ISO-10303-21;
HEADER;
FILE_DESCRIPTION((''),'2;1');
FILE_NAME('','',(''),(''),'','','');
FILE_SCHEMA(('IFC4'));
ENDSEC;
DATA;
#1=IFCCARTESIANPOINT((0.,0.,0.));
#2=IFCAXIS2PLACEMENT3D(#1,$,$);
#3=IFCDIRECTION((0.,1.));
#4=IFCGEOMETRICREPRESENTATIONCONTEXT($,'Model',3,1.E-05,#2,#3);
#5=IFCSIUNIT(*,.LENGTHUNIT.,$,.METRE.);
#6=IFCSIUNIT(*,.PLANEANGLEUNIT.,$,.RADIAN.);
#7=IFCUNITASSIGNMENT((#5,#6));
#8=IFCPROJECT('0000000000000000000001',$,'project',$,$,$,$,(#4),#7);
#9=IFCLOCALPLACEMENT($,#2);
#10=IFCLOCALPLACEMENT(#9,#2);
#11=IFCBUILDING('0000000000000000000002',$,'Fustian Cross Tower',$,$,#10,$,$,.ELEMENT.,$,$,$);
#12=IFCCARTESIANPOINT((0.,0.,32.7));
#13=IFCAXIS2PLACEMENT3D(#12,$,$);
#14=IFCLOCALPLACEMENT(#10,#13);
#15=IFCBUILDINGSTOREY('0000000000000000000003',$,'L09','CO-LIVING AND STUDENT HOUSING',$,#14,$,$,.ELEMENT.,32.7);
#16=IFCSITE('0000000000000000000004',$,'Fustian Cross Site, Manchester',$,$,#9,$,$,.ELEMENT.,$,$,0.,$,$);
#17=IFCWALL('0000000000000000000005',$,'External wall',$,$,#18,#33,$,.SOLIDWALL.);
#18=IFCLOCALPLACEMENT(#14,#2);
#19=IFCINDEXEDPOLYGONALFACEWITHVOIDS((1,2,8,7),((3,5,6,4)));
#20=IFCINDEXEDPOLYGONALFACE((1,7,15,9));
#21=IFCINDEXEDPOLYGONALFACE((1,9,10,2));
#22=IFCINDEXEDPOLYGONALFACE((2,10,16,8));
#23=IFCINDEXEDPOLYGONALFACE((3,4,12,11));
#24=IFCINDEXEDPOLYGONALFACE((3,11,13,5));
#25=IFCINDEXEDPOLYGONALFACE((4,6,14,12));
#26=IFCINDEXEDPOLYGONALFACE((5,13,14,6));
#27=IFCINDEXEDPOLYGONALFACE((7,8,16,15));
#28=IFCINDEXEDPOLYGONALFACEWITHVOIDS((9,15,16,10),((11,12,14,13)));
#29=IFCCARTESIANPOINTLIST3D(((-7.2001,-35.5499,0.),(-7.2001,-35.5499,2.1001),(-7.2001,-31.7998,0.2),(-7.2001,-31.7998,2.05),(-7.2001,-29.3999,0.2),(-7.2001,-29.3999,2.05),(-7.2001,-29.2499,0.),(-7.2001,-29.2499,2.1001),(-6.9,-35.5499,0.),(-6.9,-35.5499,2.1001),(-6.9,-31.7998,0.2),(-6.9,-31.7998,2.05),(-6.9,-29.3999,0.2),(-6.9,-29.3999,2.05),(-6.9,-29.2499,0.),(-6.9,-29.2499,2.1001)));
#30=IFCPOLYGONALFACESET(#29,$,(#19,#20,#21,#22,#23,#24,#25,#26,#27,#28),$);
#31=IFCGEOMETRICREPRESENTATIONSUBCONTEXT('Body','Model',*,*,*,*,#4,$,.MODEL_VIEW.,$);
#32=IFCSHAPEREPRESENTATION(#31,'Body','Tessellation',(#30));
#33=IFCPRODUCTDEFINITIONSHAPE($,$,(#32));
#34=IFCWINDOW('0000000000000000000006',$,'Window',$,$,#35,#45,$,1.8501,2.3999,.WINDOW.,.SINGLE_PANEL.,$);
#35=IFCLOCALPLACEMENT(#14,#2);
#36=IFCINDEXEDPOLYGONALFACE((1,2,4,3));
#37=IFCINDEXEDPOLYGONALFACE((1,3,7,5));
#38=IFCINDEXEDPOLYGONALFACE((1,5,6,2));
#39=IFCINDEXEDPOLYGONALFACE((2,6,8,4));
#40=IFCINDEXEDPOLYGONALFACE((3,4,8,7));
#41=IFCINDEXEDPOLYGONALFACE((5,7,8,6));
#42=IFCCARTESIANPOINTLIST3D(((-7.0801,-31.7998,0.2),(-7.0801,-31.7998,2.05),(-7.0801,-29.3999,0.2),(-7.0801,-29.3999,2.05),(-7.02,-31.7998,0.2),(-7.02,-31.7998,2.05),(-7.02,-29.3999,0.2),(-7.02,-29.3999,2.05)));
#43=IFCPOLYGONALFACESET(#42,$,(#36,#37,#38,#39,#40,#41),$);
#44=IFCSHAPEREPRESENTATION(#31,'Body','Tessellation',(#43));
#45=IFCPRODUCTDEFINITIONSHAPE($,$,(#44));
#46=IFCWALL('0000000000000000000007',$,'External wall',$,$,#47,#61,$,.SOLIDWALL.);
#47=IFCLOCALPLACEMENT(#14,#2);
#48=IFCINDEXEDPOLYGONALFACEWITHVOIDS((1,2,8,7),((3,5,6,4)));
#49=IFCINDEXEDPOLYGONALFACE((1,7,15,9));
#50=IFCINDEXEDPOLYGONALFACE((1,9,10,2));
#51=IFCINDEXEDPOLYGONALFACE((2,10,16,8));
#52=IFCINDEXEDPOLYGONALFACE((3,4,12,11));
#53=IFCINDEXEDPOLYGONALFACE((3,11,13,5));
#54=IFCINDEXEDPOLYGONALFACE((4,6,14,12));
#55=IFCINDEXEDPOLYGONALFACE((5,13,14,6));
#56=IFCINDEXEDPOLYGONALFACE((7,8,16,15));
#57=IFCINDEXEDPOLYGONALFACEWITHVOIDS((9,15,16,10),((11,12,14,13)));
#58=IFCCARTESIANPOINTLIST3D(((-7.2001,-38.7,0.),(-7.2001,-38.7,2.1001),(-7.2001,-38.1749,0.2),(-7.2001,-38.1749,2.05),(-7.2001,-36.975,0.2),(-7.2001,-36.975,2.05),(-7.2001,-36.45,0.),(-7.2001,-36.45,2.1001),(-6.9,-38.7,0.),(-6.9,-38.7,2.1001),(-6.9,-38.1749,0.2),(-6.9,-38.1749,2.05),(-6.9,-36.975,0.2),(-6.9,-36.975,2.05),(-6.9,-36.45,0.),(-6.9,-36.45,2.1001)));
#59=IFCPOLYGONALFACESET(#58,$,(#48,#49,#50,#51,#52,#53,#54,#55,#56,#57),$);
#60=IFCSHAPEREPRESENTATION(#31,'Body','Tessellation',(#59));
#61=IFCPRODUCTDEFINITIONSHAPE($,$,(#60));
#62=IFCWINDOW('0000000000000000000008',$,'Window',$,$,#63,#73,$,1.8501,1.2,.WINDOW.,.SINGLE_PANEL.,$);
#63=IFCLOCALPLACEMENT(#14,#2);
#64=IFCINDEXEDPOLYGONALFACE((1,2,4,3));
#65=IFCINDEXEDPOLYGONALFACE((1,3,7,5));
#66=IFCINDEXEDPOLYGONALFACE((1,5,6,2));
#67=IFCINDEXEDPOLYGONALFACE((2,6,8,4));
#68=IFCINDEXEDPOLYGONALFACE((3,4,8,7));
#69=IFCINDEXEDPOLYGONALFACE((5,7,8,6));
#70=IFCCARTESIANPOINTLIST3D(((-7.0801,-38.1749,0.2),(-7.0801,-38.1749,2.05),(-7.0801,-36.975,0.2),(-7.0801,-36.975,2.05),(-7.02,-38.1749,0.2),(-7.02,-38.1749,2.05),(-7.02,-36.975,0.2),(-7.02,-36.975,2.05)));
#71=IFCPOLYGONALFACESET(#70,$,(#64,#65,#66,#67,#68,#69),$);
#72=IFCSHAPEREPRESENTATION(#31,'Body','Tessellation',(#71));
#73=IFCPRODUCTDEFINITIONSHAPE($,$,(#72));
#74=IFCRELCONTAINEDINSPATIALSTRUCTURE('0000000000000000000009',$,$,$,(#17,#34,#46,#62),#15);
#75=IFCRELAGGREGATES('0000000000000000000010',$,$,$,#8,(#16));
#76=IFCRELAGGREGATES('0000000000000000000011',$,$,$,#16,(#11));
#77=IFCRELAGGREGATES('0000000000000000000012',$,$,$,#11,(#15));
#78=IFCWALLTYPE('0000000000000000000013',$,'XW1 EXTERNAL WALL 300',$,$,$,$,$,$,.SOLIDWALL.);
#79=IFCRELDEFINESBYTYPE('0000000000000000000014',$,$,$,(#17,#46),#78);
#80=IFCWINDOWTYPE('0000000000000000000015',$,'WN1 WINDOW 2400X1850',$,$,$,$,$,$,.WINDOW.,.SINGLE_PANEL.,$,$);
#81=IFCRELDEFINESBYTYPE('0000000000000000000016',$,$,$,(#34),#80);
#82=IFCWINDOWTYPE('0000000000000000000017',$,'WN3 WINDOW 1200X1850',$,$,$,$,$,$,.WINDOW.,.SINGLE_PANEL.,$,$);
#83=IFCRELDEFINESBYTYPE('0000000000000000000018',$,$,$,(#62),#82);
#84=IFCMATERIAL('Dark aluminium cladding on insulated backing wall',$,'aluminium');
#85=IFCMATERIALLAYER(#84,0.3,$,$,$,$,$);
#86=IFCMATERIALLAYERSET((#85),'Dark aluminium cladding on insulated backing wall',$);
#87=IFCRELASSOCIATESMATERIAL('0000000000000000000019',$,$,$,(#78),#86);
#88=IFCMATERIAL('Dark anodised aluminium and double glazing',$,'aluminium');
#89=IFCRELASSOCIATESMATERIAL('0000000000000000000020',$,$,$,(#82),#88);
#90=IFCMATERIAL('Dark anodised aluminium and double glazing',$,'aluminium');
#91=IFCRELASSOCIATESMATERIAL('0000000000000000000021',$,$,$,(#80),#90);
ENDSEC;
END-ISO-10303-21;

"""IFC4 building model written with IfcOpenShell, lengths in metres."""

from ifc_helpers import new_model, si_unit, direction, frame, frame_2d, origin, place, context, subcontext, project, spatial, rectangle, extrude, material, layer, layer_set, type_object, element, fill, save


model = new_model("IFC4")

# Units and contexts
model_context = context("Model", 3, precision=1e-05, world=origin(), true_north=direction((0.0, 1.0)))
body_context = subcontext(model_context, "Body", "Model", "MODEL_VIEW")
ifc_project = project(units=[si_unit("LENGTHUNIT", "METRE"), si_unit("PLANEANGLEUNIT", "RADIAN")], contexts=[model_context])

# Site, building, storey
site_placement = place(None, origin())
site = spatial("IfcSite", under=ifc_project, at=site_placement, Name="Fustian Cross Site, Manchester", CompositionType="ELEMENT", RefElevation=0.0)
building_placement = place(site_placement, origin())
building = spatial("IfcBuilding", under=site, at=building_placement, Name="Fustian Cross Tower", CompositionType="ELEMENT")
storey_placement = place(building_placement, frame((0.0, 0.0, 32.7)))
storey = spatial("IfcBuildingStorey", under=building, at=storey_placement, Name="L09", Description="CO-LIVING AND STUDENT HOUSING", CompositionType="ELEMENT", Elevation=32.7)

# Shared definitions
ifc_material_1 = material(Name="Dark aluminium cladding on insulated backing wall", Category="aluminium")
ifc_layer_1 = layer(ifc_material_1, 0.3)
ifc_layer_set_1 = layer_set([ifc_layer_1], Name="Dark aluminium cladding on insulated backing wall")
wall_type_1 = type_object("IfcWallType", Name="XW1 EXTERNAL WALL 300", PredefinedType="SOLIDWALL", material=ifc_layer_set_1)
ifc_material_2 = material(Name="Dark anodised aluminium and double glazing", Category="aluminium")
window_type_1 = type_object("IfcWindowType", Name="WN3 WINDOW 1200X1850", PartitioningType="SINGLE_PANEL", PredefinedType="WINDOW", material=ifc_material_2)

# Walls, openings, windows
wall_1_placement = place(storey_placement, frame((-7.05, -29.25, 0.0), z_axis=(0.0, 0.0, 1.0), x_axis=(0.0, -1.0, 0.0)))
wall_1 = element("IfcWall", 1, at=wall_1_placement, inside=storey, type_object=wall_type_1, Name="External wall", PredefinedType="SOLIDWALL", context=body_context, shape_type="SweptSolid", body=[
    extrude(rectangle(XDim=6.3, YDim=0.3, at=frame_2d((3.1499, 0.0))), origin(), (0.0, 0.0, 1.0), 2.1001),
])
opening_1_placement = place(wall_1_placement, frame((0.1499, 0.0, 0.2)))
opening_1 = element("IfcOpeningElement", 2, at=opening_1_placement, cuts=wall_1, PredefinedType="OPENING", context=body_context, shape_type="SweptSolid", body=[
    extrude(rectangle(XDim=2.3999, YDim=1.8501, at=frame_2d((1.2, 0.925))), frame((0.0, 0.1599, 0.0), z_axis=(0.0, -1.0, 0.0), x_axis=(1.0, 0.0, 0.0)), (0.0, 0.0, 1.0), 0.3201),
])
ifc_material_3 = material(Name="Dark anodised aluminium and double glazing", Category="aluminium")
window_type_2 = type_object("IfcWindowType", Name="WN1 WINDOW 2400X1850", PartitioningType="SINGLE_PANEL", PredefinedType="WINDOW", material=ifc_material_3)
window_1_placement = place(opening_1_placement, origin())
window_1 = element("IfcWindow", 3, at=window_1_placement, inside=storey, type_object=window_type_2, Name="Window", OverallHeight=1.8501, OverallWidth=2.3999, PartitioningType="SINGLE_PANEL", PredefinedType="WINDOW", context=body_context, shape_type="SweptSolid", body=[
    extrude(rectangle(XDim=2.3999, YDim=1.8501, at=frame_2d((1.2, 0.925))), frame((0.0, 0.03, 0.0), z_axis=(0.0, -1.0, 0.0), x_axis=(1.0, 0.0, 0.0)), (0.0, 0.0, 1.0), 0.0601),
])
fill(opening_1, window_1)
wall_2_placement = place(storey_placement, frame((-7.05, -36.45, 0.0), z_axis=(0.0, 0.0, 1.0), x_axis=(0.0, -1.0, 0.0)))
wall_2 = element("IfcWall", 4, at=wall_2_placement, inside=storey, type_object=wall_type_1, Name="External wall", PredefinedType="SOLIDWALL", context=body_context, shape_type="SweptSolid", body=[
    extrude(rectangle(XDim=2.25, YDim=0.3, at=frame_2d((1.125, 0.0))), origin(), (0.0, 0.0, 1.0), 2.1001),
])
opening_2_placement = place(wall_2_placement, frame((0.5249, 0.0, 0.2)))
opening_2 = element("IfcOpeningElement", 5, at=opening_2_placement, cuts=wall_2, PredefinedType="OPENING", context=body_context, shape_type="SweptSolid", body=[
    extrude(rectangle(XDim=1.2, YDim=1.8501, at=frame_2d((0.6001, 0.925))), frame((0.0, 0.1599, 0.0), z_axis=(0.0, -1.0, 0.0), x_axis=(1.0, 0.0, 0.0)), (0.0, 0.0, 1.0), 0.3201),
])
window_2_placement = place(opening_2_placement, origin())
window_2 = element("IfcWindow", 6, at=window_2_placement, inside=storey, type_object=window_type_1, Name="Window", OverallHeight=1.8501, OverallWidth=1.2, PartitioningType="SINGLE_PANEL", PredefinedType="WINDOW", context=body_context, shape_type="SweptSolid", body=[
    extrude(rectangle(XDim=1.2, YDim=1.8501, at=frame_2d((0.6001, 0.925))), frame((0.0, 0.03, 0.0), z_axis=(0.0, -1.0, 0.0), x_axis=(1.0, 0.0, 0.0)), (0.0, 0.0, 1.0), 0.0601),
])
fill(opening_2, window_2)

save(model, "model.ifc")
